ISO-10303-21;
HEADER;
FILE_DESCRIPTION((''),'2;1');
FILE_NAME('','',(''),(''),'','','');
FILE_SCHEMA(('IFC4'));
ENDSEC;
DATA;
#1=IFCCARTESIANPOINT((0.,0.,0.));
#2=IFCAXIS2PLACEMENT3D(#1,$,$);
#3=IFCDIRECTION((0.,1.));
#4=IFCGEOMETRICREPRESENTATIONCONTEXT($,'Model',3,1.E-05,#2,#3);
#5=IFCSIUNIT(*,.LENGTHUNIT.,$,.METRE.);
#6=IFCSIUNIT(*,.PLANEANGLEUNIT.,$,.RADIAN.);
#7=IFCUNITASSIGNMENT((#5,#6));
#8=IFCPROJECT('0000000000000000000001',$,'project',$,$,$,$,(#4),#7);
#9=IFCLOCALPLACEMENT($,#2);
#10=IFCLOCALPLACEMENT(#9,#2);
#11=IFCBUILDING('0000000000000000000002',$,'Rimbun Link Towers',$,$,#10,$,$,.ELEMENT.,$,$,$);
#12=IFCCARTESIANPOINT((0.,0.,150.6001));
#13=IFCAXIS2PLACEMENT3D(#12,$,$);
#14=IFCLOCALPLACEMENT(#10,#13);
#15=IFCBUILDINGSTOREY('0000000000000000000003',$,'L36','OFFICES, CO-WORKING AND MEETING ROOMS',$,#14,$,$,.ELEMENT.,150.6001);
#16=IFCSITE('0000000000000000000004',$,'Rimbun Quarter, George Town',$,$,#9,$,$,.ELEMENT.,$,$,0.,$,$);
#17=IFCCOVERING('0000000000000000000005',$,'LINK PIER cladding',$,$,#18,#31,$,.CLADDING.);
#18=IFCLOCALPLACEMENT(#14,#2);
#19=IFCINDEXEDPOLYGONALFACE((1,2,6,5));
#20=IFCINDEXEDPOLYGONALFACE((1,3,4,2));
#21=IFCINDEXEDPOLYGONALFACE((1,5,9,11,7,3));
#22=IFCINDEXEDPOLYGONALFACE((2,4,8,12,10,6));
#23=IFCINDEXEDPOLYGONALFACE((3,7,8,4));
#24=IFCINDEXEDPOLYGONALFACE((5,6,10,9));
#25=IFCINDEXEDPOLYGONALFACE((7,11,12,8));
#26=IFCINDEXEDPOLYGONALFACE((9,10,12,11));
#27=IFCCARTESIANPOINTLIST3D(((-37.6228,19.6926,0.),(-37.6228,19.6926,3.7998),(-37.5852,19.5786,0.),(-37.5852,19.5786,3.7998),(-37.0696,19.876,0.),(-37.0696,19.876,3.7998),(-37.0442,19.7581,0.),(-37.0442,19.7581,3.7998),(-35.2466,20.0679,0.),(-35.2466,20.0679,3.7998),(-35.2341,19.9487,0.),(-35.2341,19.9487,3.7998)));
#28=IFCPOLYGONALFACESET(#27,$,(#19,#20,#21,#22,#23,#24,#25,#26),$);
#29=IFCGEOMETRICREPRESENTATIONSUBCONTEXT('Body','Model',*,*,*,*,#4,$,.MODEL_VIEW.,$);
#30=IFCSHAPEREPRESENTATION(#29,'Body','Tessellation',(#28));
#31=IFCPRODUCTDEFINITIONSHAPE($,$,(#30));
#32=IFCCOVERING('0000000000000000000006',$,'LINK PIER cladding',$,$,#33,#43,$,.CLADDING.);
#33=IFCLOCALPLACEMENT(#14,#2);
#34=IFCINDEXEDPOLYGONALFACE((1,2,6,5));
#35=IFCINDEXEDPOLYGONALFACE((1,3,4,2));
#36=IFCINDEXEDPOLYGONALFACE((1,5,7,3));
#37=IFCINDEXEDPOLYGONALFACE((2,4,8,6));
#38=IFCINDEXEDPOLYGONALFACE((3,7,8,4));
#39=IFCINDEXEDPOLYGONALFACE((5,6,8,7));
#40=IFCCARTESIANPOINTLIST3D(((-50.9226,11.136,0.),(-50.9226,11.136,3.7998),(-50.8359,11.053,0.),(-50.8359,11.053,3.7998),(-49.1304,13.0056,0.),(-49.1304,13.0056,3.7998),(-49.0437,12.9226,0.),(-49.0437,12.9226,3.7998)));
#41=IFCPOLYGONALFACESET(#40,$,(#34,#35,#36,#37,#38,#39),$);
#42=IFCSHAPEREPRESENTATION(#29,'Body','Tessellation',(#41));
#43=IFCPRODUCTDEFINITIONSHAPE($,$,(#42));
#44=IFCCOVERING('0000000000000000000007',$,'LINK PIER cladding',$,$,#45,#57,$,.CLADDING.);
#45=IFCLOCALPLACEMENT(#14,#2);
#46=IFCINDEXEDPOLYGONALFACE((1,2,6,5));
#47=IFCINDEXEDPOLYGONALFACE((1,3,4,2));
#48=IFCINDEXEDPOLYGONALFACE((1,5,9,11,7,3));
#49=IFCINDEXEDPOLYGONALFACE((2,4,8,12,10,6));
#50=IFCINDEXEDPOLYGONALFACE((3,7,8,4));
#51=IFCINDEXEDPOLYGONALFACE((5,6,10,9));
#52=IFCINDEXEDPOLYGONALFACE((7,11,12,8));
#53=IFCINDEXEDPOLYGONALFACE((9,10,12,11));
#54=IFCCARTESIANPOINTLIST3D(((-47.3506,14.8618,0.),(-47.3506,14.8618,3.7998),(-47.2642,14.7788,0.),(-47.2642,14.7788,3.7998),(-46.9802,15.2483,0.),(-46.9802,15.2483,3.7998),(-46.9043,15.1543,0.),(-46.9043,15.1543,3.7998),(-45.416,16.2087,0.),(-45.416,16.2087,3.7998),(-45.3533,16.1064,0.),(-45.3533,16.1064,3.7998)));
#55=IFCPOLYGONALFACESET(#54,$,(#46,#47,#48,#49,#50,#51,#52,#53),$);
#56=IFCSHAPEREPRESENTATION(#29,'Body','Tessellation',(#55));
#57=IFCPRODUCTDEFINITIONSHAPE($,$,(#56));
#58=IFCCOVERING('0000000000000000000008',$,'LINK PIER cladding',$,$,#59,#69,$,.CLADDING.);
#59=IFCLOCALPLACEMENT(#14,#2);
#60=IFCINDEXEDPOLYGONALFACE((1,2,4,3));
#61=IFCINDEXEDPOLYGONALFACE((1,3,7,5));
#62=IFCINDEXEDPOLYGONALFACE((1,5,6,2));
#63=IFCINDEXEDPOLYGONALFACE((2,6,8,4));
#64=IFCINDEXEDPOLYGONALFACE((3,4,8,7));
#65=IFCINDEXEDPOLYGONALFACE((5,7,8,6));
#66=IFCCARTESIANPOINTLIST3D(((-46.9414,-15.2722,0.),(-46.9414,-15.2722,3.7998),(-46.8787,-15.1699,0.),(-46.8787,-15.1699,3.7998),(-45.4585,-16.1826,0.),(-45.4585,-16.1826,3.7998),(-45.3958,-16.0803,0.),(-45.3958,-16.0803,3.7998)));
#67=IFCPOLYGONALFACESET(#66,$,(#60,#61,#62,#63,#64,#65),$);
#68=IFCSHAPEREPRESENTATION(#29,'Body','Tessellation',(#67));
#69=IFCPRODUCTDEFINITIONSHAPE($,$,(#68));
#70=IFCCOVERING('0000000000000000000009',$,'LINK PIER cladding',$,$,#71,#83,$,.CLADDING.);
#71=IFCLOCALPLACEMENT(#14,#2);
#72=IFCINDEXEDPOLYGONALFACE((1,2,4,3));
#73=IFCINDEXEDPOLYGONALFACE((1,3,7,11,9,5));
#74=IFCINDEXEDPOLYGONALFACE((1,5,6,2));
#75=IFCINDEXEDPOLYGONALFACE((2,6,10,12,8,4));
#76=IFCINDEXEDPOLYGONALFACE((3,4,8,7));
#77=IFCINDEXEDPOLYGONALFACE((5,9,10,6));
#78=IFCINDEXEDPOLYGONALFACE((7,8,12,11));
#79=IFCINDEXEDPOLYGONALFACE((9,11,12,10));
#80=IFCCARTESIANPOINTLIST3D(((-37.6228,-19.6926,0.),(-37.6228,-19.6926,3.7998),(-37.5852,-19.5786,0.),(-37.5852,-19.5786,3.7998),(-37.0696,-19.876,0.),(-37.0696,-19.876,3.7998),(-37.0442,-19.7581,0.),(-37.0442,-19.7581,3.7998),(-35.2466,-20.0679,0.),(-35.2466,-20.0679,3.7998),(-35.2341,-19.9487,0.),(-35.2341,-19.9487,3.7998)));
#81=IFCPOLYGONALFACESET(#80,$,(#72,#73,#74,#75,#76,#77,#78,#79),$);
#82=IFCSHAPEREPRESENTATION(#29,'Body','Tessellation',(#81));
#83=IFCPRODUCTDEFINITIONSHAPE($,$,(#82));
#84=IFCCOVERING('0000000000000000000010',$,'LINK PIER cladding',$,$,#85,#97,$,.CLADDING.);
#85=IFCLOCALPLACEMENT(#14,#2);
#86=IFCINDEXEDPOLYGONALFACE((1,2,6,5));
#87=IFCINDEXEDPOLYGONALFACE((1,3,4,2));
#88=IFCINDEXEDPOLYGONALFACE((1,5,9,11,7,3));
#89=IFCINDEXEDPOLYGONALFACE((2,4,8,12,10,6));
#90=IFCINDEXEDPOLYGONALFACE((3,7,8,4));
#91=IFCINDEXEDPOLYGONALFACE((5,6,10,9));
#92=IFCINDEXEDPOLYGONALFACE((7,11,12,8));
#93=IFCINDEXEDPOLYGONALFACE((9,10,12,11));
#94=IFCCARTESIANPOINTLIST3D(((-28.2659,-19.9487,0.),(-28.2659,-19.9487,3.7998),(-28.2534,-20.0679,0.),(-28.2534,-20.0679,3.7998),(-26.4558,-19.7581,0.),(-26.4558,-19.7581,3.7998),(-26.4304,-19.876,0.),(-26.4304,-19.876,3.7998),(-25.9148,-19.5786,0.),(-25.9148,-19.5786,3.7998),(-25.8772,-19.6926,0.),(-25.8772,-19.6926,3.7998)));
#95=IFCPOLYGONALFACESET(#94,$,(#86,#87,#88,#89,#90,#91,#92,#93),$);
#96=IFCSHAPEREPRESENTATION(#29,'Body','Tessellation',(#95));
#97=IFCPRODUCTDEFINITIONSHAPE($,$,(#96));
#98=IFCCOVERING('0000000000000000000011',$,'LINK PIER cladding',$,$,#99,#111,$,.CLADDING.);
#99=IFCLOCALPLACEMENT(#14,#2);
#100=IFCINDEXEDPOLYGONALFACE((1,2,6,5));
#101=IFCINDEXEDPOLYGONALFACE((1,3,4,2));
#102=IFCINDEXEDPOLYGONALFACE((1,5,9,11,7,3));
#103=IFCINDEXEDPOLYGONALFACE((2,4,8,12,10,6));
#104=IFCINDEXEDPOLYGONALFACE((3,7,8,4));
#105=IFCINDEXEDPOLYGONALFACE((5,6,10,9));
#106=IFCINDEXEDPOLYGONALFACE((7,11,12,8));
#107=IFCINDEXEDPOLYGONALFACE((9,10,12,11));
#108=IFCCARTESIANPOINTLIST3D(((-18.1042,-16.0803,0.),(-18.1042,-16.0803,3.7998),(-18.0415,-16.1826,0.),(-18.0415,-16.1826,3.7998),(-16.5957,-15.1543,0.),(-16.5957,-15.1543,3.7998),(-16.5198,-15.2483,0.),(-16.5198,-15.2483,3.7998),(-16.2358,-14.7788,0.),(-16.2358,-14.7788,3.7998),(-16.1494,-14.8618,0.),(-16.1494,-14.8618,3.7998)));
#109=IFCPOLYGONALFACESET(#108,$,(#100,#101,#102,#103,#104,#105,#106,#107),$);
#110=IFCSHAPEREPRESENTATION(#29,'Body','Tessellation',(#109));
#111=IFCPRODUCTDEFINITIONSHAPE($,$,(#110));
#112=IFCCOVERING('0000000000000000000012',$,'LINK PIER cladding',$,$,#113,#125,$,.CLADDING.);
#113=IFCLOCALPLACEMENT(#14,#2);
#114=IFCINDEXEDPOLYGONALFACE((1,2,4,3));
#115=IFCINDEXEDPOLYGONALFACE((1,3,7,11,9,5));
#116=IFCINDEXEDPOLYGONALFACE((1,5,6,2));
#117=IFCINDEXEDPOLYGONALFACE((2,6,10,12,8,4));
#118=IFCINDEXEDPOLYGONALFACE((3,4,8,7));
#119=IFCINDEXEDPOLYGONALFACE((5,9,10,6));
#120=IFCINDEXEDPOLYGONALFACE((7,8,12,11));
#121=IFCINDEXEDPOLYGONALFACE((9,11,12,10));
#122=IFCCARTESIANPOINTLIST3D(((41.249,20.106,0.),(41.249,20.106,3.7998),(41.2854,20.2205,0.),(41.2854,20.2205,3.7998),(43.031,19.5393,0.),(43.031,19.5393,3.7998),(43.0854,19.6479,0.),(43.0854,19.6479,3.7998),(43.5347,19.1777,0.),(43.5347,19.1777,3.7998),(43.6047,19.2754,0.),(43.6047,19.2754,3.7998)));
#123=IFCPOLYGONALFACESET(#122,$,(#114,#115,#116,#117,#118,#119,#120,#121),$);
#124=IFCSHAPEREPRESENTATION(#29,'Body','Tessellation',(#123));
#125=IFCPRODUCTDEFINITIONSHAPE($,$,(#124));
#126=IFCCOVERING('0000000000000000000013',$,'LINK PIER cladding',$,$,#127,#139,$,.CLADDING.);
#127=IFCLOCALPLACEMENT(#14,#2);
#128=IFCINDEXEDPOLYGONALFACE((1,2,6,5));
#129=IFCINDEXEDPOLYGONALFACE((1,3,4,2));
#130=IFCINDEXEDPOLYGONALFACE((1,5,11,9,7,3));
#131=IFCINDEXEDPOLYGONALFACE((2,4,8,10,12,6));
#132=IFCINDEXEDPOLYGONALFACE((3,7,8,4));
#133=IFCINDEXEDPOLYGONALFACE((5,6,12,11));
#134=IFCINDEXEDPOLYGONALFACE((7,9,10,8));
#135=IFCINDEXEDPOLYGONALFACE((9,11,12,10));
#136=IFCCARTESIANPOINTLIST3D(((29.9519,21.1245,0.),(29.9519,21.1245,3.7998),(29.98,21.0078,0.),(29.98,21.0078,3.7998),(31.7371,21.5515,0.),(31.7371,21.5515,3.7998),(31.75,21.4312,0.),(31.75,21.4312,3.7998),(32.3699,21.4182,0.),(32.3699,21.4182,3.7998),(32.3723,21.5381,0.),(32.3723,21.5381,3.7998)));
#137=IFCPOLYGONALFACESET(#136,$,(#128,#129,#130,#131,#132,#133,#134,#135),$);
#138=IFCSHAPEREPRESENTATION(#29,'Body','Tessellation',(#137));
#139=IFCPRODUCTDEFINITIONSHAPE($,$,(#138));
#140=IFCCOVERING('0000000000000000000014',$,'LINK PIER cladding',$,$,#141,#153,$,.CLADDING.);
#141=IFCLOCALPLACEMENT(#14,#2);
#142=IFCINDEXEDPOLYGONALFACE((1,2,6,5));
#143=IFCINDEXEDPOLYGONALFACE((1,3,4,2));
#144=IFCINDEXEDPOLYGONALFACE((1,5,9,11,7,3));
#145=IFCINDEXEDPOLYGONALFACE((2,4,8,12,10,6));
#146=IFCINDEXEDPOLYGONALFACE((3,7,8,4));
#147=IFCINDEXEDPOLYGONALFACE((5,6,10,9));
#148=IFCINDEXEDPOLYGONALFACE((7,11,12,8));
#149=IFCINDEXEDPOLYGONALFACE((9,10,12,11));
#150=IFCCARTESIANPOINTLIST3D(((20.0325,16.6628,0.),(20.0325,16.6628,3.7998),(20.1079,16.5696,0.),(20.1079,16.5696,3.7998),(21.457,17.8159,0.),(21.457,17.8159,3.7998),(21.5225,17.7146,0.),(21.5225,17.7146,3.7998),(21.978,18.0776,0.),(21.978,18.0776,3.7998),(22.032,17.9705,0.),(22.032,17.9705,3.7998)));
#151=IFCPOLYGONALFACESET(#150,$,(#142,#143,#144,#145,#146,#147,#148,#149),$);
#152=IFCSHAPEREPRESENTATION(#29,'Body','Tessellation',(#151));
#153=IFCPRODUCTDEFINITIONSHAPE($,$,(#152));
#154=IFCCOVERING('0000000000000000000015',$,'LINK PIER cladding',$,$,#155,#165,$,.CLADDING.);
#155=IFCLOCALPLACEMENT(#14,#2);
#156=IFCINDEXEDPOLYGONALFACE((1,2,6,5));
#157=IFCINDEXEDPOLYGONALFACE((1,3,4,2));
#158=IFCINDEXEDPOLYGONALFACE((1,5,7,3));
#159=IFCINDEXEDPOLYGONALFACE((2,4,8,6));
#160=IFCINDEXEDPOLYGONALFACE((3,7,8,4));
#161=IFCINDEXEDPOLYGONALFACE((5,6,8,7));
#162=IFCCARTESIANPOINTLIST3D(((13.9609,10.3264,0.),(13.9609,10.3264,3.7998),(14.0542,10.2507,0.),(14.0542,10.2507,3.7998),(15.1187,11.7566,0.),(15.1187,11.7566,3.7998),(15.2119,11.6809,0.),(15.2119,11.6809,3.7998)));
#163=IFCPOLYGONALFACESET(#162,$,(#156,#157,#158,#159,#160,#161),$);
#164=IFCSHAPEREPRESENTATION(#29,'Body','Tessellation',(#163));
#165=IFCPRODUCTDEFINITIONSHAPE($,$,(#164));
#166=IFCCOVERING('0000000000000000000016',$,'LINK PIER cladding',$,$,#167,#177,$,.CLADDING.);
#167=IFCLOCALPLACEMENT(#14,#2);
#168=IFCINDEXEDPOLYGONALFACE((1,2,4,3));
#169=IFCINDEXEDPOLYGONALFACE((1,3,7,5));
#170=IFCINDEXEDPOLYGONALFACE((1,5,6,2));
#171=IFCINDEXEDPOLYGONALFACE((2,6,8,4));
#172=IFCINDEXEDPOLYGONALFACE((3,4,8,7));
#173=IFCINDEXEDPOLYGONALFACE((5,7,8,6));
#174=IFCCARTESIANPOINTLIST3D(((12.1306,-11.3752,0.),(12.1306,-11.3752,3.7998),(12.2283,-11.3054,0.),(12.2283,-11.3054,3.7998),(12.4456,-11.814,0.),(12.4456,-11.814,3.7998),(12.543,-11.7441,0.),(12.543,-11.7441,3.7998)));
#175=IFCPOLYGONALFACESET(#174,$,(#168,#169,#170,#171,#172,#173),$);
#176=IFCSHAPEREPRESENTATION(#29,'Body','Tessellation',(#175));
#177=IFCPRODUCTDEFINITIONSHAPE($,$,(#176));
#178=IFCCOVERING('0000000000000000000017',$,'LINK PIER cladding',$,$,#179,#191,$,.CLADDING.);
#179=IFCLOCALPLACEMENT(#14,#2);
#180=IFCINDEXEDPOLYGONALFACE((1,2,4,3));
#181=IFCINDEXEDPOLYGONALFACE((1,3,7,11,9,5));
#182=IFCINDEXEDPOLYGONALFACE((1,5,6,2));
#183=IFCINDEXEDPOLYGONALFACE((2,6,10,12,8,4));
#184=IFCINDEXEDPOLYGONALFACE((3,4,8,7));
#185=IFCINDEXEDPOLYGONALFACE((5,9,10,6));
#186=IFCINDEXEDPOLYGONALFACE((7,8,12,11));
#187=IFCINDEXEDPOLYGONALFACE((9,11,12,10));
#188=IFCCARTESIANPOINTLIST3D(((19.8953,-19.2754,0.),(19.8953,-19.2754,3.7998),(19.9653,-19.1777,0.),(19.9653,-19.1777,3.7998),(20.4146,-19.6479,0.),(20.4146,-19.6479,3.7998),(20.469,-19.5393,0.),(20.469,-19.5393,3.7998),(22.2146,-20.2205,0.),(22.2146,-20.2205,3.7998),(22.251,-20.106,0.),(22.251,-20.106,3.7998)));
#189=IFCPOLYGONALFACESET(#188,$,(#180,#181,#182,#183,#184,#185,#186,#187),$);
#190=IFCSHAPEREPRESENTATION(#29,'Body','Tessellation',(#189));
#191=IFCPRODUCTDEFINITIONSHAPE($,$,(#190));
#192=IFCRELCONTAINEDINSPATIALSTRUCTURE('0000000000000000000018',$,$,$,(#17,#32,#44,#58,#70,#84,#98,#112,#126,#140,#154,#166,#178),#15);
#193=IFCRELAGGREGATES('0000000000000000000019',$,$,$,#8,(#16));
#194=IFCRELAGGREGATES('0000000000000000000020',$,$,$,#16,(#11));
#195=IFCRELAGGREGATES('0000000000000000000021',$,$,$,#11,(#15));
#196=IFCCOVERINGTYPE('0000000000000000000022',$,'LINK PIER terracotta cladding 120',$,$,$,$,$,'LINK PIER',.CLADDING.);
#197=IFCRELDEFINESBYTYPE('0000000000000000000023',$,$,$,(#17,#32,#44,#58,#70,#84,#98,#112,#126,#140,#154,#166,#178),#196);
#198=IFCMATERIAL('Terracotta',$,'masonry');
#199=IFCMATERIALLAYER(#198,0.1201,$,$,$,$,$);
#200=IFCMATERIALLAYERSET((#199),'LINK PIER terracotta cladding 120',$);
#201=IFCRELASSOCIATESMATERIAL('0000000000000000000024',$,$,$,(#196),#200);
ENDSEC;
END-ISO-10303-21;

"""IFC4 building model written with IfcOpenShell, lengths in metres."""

from ifc_helpers import new_model, si_unit, direction, frame, origin, place, context, subcontext, project, spatial, polyline, outline, extrude, material, layer, layer_set, type_object, element, save


model = new_model("IFC4")

# Units and contexts
model_context = context("Model", 3, precision=1e-05, world=origin(), true_north=direction((0.0, 1.0)))
body_context = subcontext(model_context, "Body", "Model", "MODEL_VIEW")
ifc_project = project(units=[si_unit("LENGTHUNIT", "METRE"), si_unit("PLANEANGLEUNIT", "RADIAN")], contexts=[model_context])

# Site, building, storey
site_placement = place(None, origin())
site = spatial("IfcSite", under=ifc_project, at=site_placement, Name="Rimbun Quarter, George Town", CompositionType="ELEMENT", RefElevation=0.0)
building_placement = place(site_placement, origin())
building = spatial("IfcBuilding", under=site, at=building_placement, Name="Rimbun Link Towers", CompositionType="ELEMENT")
storey_placement = place(building_placement, frame((0.0, 0.0, 150.6001)))
storey = spatial("IfcBuildingStorey", under=building, at=storey_placement, Name="L36", Description="OFFICES, CO-WORKING AND MEETING ROOMS", CompositionType="ELEMENT", Elevation=150.6001)

# Coverings
ifc_material_1 = material(Name="Terracotta", Category="masonry")
ifc_layer_1 = layer(ifc_material_1, 0.1201)
ifc_layer_set_1 = layer_set([ifc_layer_1], Name="LINK PIER terracotta cladding 120")
covering_type = type_object("IfcCoveringType", Name="LINK PIER terracotta cladding 120", ElementType="LINK PIER", PredefinedType="CLADDING", material=ifc_layer_set_1)
covering_1_placement = place(storey_placement, origin())
element("IfcCovering", 1, at=covering_1_placement, inside=storey, type_object=covering_type, Name="LINK PIER cladding", PredefinedType="CLADDING", context=body_context, shape_type="SweptSolid", body=[
    extrude(outline(polyline([(-37.5852, 19.5786), (-37.0442, 19.7581), (-35.2341, 19.9487), (-35.2466, 20.0679), (-37.0696, 19.876), (-37.6228, 19.6926), (-37.5852, 19.5786)])), origin(), (0.0, 0.0, 1.0), 3.7998),
])
covering_2_placement = place(storey_placement, origin())
element("IfcCovering", 2, at=covering_2_placement, inside=storey, type_object=covering_type, Name="LINK PIER cladding", PredefinedType="CLADDING", context=body_context, shape_type="SweptSolid", body=[
    extrude(outline(polyline([(-50.8359, 11.053), (-49.0437, 12.9226), (-49.1304, 13.0056), (-50.9226, 11.136), (-50.8359, 11.053)])), origin(), (0.0, 0.0, 1.0), 3.7998),
])
covering_3_placement = place(storey_placement, origin())
element("IfcCovering", 3, at=covering_3_placement, inside=storey, type_object=covering_type, Name="LINK PIER cladding", PredefinedType="CLADDING", context=body_context, shape_type="SweptSolid", body=[
    extrude(outline(polyline([(-47.2642, 14.7788), (-46.9043, 15.1543), (-45.3533, 16.1064), (-45.416, 16.2087), (-46.9802, 15.2483), (-47.3506, 14.8618), (-47.2642, 14.7788)])), origin(), (0.0, 0.0, 1.0), 3.7998),
])
covering_4_placement = place(storey_placement, origin())
element("IfcCovering", 4, at=covering_4_placement, inside=storey, type_object=covering_type, Name="LINK PIER cladding", PredefinedType="CLADDING", context=body_context, shape_type="SweptSolid", body=[
    extrude(outline(polyline([(-45.3958, -16.0803), (-46.8787, -15.1699), (-46.9414, -15.2722), (-45.4585, -16.1826), (-45.3958, -16.0803)])), origin(), (0.0, 0.0, 1.0), 3.7998),
])
covering_5_placement = place(storey_placement, origin())
element("IfcCovering", 5, at=covering_5_placement, inside=storey, type_object=covering_type, Name="LINK PIER cladding", PredefinedType="CLADDING", context=body_context, shape_type="SweptSolid", body=[
    extrude(outline(polyline([(-35.2341, -19.9487), (-37.0442, -19.7581), (-37.5852, -19.5786), (-37.6228, -19.6926), (-37.0696, -19.876), (-35.2466, -20.0679), (-35.2341, -19.9487)])), origin(), (0.0, 0.0, 1.0), 3.7998),
])
covering_6_placement = place(storey_placement, origin())
element("IfcCovering", 6, at=covering_6_placement, inside=storey, type_object=covering_type, Name="LINK PIER cladding", PredefinedType="CLADDING", context=body_context, shape_type="SweptSolid", body=[
    extrude(outline(polyline([(-25.9148, -19.5786), (-26.4558, -19.7581), (-28.2659, -19.9487), (-28.2534, -20.0679), (-26.4304, -19.876), (-25.8772, -19.6926), (-25.9148, -19.5786)])), origin(), (0.0, 0.0, 1.0), 3.7998),
])
covering_7_placement = place(storey_placement, origin())
element("IfcCovering", 7, at=covering_7_placement, inside=storey, type_object=covering_type, Name="LINK PIER cladding", PredefinedType="CLADDING", context=body_context, shape_type="SweptSolid", body=[
    extrude(outline(polyline([(-16.2358, -14.7788), (-16.5957, -15.1543), (-18.1042, -16.0803), (-18.0415, -16.1826), (-16.5198, -15.2483), (-16.1494, -14.8618), (-16.2358, -14.7788)])), origin(), (0.0, 0.0, 1.0), 3.7998),
])
covering_8_placement = place(storey_placement, origin())
element("IfcCovering", 8, at=covering_8_placement, inside=storey, type_object=covering_type, Name="LINK PIER cladding", PredefinedType="CLADDING", context=body_context, shape_type="SweptSolid", body=[
    extrude(outline(polyline([(41.249, 20.106), (43.031, 19.5393), (43.5347, 19.1777), (43.6047, 19.2754), (43.0854, 19.6479), (41.2854, 20.2205), (41.249, 20.106)])), origin(), (0.0, 0.0, 1.0), 3.7998),
])
covering_9_placement = place(storey_placement, origin())
element("IfcCovering", 9, at=covering_9_placement, inside=storey, type_object=covering_type, Name="LINK PIER cladding", PredefinedType="CLADDING", context=body_context, shape_type="SweptSolid", body=[
    extrude(outline(polyline([(29.98, 21.0078), (31.75, 21.4312), (32.3699, 21.4182), (32.3723, 21.5381), (31.7371, 21.5515), (29.9519, 21.1245), (29.98, 21.0078)])), origin(), (0.0, 0.0, 1.0), 3.7998),
])
covering_10_placement = place(storey_placement, origin())
element("IfcCovering", 10, at=covering_10_placement, inside=storey, type_object=covering_type, Name="LINK PIER cladding", PredefinedType="CLADDING", context=body_context, shape_type="SweptSolid", body=[
    extrude(outline(polyline([(20.1079, 16.5696), (21.5225, 17.7146), (22.032, 17.9705), (21.978, 18.0776), (21.457, 17.8159), (20.0325, 16.6628), (20.1079, 16.5696)])), origin(), (0.0, 0.0, 1.0), 3.7998),
])
covering_11_placement = place(storey_placement, origin())
element("IfcCovering", 11, at=covering_11_placement, inside=storey, type_object=covering_type, Name="LINK PIER cladding", PredefinedType="CLADDING", context=body_context, shape_type="SweptSolid", body=[
    extrude(outline(polyline([(14.0542, 10.2507), (15.2119, 11.6809), (15.1187, 11.7566), (13.9609, 10.3264), (14.0542, 10.2507)])), origin(), (0.0, 0.0, 1.0), 3.7998),
])
covering_12_placement = place(storey_placement, origin())
element("IfcCovering", 12, at=covering_12_placement, inside=storey, type_object=covering_type, Name="LINK PIER cladding", PredefinedType="CLADDING", context=body_context, shape_type="SweptSolid", body=[
    extrude(outline(polyline([(12.543, -11.7441), (12.2283, -11.3054), (12.1306, -11.3752), (12.4456, -11.814), (12.543, -11.7441)])), origin(), (0.0, 0.0, 1.0), 3.7998),
])
covering_13_placement = place(storey_placement, origin())
element("IfcCovering", 13, at=covering_13_placement, inside=storey, type_object=covering_type, Name="LINK PIER cladding", PredefinedType="CLADDING", context=body_context, shape_type="SweptSolid", body=[
    extrude(outline(polyline([(22.251, -20.106), (20.469, -19.5393), (19.9653, -19.1777), (19.8953, -19.2754), (20.4146, -19.6479), (22.2146, -20.2205), (22.251, -20.106)])), origin(), (0.0, 0.0, 1.0), 3.7998),
])

save(model, "model.ifc")
